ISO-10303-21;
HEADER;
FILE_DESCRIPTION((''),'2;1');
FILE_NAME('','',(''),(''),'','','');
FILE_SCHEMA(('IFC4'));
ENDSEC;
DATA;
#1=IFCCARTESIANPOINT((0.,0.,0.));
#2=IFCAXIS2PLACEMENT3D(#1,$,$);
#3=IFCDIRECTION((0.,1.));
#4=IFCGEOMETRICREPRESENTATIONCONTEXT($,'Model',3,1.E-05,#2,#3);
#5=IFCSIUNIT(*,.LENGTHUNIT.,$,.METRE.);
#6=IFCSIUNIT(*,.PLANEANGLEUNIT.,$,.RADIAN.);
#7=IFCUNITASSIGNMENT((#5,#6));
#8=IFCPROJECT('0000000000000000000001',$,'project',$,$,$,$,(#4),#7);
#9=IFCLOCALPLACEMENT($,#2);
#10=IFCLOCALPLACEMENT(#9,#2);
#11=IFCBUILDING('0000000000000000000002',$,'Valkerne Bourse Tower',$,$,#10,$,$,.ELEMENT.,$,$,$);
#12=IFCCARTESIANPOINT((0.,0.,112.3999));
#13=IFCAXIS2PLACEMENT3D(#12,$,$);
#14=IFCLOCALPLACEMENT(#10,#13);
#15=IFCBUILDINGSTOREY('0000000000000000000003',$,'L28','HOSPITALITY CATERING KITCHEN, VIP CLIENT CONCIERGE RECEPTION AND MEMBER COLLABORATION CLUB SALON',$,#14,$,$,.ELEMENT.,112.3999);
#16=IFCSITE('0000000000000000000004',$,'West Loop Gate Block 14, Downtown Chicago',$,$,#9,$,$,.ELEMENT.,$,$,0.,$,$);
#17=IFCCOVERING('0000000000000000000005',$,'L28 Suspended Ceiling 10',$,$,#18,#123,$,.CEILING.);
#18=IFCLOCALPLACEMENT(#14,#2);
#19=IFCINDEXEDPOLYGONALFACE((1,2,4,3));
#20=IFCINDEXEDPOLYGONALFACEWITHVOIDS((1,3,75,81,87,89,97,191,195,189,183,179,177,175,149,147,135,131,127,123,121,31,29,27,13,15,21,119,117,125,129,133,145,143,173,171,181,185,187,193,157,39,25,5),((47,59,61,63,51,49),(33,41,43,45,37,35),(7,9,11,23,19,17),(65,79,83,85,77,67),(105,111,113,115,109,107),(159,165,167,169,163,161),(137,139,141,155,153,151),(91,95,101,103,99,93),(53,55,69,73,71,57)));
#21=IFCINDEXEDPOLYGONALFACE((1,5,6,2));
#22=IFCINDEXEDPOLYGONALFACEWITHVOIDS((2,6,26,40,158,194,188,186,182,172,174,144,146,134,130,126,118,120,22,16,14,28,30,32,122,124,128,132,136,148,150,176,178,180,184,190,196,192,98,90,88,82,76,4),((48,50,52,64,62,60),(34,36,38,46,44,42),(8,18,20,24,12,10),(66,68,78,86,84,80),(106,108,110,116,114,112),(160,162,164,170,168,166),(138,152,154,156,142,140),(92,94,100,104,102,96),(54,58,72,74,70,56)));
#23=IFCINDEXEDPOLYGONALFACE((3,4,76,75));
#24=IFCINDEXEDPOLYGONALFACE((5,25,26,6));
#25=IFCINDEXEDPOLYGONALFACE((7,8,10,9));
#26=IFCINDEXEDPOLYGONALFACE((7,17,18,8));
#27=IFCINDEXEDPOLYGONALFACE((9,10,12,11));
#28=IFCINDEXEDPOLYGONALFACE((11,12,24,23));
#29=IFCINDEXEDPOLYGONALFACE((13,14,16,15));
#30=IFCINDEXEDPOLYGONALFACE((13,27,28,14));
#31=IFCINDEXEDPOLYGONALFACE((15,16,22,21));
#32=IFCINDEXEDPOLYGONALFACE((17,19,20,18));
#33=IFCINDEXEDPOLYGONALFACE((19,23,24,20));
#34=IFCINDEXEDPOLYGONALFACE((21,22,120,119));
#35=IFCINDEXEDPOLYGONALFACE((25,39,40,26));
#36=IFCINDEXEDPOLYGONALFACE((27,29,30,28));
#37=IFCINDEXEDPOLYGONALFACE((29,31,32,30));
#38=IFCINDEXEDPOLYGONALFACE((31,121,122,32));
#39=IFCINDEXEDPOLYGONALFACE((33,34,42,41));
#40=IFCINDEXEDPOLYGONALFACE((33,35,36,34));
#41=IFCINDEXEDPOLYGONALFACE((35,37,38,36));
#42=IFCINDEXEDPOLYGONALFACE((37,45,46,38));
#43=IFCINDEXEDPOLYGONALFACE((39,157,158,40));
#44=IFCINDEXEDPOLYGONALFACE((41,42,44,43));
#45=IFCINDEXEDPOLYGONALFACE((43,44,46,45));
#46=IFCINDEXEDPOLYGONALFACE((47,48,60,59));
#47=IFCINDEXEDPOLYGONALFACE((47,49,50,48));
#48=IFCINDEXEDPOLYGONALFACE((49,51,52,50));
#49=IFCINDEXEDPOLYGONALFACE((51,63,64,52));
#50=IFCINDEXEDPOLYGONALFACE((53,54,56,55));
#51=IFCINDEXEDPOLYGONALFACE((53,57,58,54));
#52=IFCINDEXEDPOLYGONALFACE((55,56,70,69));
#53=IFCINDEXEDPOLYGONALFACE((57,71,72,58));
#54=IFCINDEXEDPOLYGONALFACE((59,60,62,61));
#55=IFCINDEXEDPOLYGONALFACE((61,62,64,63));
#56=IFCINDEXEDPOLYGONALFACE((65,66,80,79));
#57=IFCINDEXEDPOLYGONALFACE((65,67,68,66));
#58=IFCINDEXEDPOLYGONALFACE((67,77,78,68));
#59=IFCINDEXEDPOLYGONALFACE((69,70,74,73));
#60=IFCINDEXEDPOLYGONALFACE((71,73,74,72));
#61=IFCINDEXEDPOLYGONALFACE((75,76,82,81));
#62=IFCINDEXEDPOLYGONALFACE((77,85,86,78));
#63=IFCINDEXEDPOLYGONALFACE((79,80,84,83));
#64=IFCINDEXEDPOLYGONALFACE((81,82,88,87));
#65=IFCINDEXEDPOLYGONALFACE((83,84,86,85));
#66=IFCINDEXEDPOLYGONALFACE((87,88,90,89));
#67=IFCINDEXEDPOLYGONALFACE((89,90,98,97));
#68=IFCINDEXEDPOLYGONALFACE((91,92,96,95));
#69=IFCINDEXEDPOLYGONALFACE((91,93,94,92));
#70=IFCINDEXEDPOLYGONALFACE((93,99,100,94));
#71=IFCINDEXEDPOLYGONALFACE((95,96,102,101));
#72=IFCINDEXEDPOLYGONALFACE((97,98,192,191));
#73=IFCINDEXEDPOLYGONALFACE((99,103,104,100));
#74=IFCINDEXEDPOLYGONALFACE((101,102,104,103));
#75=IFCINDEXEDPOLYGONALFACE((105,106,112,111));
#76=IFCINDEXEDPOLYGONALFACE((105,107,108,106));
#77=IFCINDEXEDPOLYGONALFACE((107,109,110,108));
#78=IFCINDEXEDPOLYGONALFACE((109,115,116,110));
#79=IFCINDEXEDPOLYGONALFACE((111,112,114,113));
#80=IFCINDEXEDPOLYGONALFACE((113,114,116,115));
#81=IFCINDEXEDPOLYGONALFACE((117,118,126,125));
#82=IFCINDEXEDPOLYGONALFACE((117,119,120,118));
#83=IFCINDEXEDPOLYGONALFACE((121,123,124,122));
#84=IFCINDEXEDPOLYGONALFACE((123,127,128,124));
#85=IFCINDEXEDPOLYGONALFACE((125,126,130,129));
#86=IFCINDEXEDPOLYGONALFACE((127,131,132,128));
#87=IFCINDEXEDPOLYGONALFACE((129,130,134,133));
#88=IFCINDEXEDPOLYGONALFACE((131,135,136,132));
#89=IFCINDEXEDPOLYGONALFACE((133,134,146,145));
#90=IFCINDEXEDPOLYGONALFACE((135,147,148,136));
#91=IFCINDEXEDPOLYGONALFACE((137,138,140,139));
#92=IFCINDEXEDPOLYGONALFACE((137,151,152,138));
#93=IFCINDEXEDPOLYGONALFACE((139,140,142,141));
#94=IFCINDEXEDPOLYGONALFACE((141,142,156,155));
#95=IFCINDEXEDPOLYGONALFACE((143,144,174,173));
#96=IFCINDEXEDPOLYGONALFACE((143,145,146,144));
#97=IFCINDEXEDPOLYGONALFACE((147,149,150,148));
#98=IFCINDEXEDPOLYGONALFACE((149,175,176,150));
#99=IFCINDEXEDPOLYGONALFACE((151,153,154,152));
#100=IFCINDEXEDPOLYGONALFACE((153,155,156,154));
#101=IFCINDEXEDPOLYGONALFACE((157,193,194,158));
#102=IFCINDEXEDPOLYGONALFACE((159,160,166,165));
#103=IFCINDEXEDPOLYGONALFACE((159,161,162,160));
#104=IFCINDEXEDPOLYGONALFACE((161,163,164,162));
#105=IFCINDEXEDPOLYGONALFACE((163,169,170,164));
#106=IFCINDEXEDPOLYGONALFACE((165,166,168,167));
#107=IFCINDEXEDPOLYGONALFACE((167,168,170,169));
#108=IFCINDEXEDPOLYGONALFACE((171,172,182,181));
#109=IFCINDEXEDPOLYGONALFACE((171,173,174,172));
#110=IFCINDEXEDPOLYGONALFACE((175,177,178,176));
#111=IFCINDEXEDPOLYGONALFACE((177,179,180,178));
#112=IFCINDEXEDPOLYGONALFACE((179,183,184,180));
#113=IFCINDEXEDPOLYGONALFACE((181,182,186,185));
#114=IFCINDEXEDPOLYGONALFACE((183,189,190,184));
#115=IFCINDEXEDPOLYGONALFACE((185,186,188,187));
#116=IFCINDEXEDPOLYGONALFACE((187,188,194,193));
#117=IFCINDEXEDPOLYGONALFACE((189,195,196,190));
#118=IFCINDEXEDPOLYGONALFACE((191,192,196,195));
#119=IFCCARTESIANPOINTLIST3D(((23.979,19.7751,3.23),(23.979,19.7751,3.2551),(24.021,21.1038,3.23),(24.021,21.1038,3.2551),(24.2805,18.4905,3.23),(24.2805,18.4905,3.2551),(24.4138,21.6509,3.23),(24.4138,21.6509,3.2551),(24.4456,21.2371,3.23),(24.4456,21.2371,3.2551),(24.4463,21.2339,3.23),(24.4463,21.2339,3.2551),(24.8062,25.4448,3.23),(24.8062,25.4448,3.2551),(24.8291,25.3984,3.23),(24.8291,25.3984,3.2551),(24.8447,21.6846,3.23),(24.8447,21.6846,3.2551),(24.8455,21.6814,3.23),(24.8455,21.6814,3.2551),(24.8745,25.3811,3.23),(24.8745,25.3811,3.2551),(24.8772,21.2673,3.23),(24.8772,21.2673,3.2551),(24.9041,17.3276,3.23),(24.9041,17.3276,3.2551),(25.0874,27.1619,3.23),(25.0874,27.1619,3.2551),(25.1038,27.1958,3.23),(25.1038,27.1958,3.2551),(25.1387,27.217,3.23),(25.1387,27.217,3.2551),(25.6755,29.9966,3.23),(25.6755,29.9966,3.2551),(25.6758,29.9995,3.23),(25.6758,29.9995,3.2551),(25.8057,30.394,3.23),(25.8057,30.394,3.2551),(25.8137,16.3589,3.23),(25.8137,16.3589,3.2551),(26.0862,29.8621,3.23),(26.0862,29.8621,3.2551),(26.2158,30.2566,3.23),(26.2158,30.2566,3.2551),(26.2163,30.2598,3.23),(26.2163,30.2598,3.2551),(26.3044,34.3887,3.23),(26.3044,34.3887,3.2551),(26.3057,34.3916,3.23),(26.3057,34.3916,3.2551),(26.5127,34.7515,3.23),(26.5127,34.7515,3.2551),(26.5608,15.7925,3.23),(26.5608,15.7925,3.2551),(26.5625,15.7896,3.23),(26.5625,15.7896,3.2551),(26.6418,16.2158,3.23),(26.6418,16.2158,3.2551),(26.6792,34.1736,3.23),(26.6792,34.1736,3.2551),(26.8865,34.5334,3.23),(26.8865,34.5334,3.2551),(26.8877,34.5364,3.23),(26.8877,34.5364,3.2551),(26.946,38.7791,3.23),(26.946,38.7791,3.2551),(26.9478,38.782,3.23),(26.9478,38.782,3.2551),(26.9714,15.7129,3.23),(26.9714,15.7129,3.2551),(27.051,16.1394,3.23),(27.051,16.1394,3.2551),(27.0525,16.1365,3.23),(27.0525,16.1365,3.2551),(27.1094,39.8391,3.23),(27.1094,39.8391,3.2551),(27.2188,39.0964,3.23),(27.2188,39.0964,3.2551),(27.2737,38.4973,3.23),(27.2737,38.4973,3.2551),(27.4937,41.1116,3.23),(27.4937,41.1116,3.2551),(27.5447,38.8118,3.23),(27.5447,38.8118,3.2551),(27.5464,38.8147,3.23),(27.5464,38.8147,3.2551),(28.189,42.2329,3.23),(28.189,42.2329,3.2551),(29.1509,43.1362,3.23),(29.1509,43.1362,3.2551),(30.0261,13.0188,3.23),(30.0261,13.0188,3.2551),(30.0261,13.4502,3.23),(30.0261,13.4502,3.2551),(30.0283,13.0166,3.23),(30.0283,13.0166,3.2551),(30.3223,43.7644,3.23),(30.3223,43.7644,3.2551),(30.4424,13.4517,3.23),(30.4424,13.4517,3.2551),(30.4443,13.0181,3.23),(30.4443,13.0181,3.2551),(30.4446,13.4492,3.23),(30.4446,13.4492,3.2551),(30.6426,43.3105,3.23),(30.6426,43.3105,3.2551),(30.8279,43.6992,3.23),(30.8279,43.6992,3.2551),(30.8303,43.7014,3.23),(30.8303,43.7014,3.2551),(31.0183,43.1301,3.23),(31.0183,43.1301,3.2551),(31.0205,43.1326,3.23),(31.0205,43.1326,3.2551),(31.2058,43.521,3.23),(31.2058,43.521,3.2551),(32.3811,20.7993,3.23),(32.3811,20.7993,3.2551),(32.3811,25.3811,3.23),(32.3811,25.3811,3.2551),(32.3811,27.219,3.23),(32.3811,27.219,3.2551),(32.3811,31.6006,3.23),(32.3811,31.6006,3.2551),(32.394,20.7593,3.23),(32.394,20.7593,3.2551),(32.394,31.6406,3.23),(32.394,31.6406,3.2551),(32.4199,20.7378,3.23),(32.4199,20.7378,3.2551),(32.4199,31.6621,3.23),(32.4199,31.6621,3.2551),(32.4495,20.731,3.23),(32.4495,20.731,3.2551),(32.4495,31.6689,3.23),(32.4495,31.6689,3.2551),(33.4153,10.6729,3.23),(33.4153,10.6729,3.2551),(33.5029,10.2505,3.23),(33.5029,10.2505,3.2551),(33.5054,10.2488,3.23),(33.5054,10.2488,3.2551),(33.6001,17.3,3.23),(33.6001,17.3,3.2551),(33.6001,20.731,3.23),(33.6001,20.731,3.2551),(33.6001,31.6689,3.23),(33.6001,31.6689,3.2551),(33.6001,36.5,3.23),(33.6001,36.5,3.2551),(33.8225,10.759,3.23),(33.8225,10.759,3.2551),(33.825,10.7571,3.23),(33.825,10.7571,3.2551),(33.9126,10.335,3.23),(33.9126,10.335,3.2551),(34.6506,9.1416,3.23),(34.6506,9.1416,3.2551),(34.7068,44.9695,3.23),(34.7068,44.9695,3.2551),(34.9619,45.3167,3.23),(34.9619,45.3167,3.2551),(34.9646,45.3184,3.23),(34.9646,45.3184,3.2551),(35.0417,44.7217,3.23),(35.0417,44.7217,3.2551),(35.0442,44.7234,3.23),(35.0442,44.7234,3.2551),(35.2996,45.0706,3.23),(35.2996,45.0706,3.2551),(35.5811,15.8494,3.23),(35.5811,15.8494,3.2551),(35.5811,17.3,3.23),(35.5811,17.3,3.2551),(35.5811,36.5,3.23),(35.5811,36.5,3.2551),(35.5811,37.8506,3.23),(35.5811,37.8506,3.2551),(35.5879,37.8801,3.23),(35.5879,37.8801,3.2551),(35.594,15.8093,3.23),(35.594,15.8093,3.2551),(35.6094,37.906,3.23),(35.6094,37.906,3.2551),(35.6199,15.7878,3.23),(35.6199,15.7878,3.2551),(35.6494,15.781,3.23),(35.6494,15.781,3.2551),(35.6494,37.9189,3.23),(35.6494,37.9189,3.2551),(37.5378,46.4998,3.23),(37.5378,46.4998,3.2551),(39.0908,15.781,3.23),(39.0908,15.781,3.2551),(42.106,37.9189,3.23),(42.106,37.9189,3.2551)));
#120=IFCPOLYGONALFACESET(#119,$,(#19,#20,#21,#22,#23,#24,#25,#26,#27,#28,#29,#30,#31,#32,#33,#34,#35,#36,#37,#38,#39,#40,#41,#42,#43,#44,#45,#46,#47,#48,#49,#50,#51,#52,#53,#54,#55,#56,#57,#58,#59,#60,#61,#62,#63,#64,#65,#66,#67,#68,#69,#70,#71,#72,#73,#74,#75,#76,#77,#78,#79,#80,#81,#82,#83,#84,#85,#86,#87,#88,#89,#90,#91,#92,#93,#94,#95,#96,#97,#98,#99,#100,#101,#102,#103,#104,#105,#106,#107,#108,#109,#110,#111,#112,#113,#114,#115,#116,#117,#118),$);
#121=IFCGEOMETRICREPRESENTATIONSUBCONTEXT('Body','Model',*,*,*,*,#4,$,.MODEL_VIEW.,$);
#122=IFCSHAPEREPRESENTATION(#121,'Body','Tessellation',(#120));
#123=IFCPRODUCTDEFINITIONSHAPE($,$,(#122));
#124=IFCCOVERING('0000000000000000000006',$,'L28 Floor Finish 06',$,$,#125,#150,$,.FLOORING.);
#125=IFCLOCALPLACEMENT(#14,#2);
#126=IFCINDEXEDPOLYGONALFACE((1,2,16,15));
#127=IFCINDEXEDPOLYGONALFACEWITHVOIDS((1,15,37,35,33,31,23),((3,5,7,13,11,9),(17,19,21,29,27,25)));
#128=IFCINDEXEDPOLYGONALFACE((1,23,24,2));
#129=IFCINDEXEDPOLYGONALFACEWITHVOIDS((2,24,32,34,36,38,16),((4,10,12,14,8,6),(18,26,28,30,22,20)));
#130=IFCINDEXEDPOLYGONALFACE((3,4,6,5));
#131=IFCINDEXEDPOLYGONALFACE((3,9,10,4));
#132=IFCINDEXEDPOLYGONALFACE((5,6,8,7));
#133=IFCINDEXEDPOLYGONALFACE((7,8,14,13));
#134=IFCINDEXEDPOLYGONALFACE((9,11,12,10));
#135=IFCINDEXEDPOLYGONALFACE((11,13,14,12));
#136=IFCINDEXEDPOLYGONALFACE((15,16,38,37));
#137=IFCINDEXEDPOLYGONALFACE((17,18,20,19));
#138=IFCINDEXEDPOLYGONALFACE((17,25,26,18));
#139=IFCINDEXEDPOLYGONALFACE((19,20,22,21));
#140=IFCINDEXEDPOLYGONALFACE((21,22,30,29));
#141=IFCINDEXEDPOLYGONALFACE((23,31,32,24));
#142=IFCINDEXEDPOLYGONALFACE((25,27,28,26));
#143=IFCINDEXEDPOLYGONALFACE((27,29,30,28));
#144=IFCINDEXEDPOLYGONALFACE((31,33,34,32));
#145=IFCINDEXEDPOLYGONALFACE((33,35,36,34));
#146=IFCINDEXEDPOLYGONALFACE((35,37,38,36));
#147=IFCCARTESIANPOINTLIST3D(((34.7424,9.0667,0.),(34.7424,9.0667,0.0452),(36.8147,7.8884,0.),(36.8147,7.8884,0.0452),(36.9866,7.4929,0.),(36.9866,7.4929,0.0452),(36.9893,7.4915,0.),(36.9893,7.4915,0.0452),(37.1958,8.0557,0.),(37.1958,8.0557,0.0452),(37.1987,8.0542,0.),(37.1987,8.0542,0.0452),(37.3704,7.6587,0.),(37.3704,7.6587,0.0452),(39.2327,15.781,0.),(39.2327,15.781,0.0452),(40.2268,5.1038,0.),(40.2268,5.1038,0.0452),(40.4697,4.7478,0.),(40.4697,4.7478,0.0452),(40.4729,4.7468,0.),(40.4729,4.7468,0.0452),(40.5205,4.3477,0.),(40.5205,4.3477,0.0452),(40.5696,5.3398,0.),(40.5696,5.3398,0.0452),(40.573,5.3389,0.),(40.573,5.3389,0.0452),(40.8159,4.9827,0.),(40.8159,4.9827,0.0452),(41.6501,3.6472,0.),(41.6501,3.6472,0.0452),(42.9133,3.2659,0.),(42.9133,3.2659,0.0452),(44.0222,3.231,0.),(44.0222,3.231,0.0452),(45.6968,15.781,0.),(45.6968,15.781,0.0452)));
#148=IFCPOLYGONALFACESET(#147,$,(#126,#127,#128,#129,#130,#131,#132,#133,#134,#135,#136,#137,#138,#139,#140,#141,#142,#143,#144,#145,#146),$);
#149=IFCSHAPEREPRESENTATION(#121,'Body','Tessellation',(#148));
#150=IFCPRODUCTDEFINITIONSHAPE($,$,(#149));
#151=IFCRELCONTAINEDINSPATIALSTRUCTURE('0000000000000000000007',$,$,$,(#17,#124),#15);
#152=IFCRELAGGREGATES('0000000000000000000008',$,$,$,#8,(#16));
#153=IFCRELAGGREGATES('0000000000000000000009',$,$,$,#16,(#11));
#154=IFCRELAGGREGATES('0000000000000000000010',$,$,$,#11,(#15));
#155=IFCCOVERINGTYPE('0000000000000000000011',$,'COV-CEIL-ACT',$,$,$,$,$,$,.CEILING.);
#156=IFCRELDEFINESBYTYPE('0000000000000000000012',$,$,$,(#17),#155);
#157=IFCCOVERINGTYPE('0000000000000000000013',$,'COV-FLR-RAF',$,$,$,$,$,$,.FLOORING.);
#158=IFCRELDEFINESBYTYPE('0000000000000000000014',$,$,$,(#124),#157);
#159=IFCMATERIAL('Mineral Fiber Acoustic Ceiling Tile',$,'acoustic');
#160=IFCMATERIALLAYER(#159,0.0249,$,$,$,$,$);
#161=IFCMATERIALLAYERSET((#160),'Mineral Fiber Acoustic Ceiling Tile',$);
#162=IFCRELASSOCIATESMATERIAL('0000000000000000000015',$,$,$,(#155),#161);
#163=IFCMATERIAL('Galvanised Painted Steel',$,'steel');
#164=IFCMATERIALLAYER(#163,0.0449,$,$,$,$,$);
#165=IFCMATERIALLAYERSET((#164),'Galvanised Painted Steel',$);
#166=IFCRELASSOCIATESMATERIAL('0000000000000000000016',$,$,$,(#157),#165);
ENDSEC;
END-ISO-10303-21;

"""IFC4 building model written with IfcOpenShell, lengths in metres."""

from ifc_helpers import new_model, si_unit, direction, frame, origin, place, context, subcontext, project, spatial, polyline, outline, extrude, material, layer, layer_set, type_object, element, save


model = new_model("IFC4")

# Units and contexts
model_context = context("Model", 3, precision=1e-05, world=origin(), true_north=direction((0.0, 1.0)))
body_context = subcontext(model_context, "Body", "Model", "MODEL_VIEW")
ifc_project = project(units=[si_unit("LENGTHUNIT", "METRE"), si_unit("PLANEANGLEUNIT", "RADIAN")], contexts=[model_context])

# Site, building, storey
site_placement = place(None, origin())
site = spatial("IfcSite", under=ifc_project, at=site_placement, Name="West Loop Gate Block 14, Downtown Chicago", CompositionType="ELEMENT", RefElevation=0.0)
building_placement = place(site_placement, origin())
building = spatial("IfcBuilding", under=site, at=building_placement, Name="Valkerne Bourse Tower", CompositionType="ELEMENT")
storey_placement = place(building_placement, frame((0.0, 0.0, 112.3999)))
storey = spatial("IfcBuildingStorey", under=building, at=storey_placement, Name="L28", Description="HOSPITALITY CATERING KITCHEN, VIP CLIENT CONCIERGE RECEPTION AND MEMBER COLLABORATION CLUB SALON", CompositionType="ELEMENT", Elevation=112.3999)

# Coverings
ifc_material_1 = material(Name="Mineral Fiber Acoustic Ceiling Tile", Category="acoustic")
ifc_layer_1 = layer(ifc_material_1, 0.0249)
ifc_layer_set_1 = layer_set([ifc_layer_1], Name="Mineral Fiber Acoustic Ceiling Tile")
covering_type_1 = type_object("IfcCoveringType", Name="COV-CEIL-ACT", PredefinedType="CEILING", material=ifc_layer_set_1)
covering_1_placement = place(storey_placement, frame((0.0, 0.0, 3.23)))
element("IfcCovering", 1, at=covering_1_placement, inside=storey, type_object=covering_type_1, Name="L28 Suspended Ceiling 10", PredefinedType="CEILING", context=body_context, shape_type="SweptSolid", body=[
    extrude(outline(polyline([(24.2805, 18.4905), (23.979, 19.7751), (24.021, 21.1038), (27.1094, 39.8391), (27.4937, 41.1116), (28.189, 42.2329), (29.1509, 43.1362), (30.3223, 43.7644), (37.5378, 46.4998), (42.106, 37.9189), (35.6494, 37.9189), (35.6094, 37.906), (35.5879, 37.8801), (35.5811, 37.8506), (35.5811, 36.5), (33.6001, 36.5), (33.6001, 31.6689), (32.4495, 31.6689), (32.4199, 31.6621), (32.394, 31.6406), (32.3811, 31.6006), (32.3811, 27.219), (25.1387, 27.217), (25.1038, 27.1958), (25.0874, 27.1619), (24.8062, 25.4448), (24.8291, 25.3984), (24.8745, 25.3811), (32.3811, 25.3811), (32.3811, 20.7993), (32.394, 20.7593), (32.4199, 20.7378), (32.4495, 20.731), (33.6001, 20.731), (33.6001, 17.3), (35.5811, 17.3), (35.5811, 15.8494), (35.594, 15.8093), (35.6199, 15.7878), (35.6494, 15.781), (39.0908, 15.781), (34.6506, 9.1416), (25.8137, 16.3589), (24.9041, 17.3276), (24.2805, 18.4905)]), holes=[polyline([(33.825, 10.7571), (33.8225, 10.759), (33.4153, 10.6729), (33.5029, 10.2505), (33.5054, 10.2488), (33.9126, 10.335), (33.825, 10.7571)]), polyline([(30.4443, 13.0181), (30.4446, 13.4492), (30.4424, 13.4517), (30.0261, 13.4502), (30.0261, 13.0188), (30.0283, 13.0166), (30.4443, 13.0181)]), polyline([(27.0525, 16.1365), (27.051, 16.1394), (26.6418, 16.2158), (26.5608, 15.7925), (26.5625, 15.7896), (26.9714, 15.7129), (27.0525, 16.1365)]), polyline([(24.8455, 21.6814), (24.8447, 21.6846), (24.4138, 21.6509), (24.4456, 21.2371), (24.4463, 21.2339), (24.8772, 21.2673), (24.8455, 21.6814)]), polyline([(26.2158, 30.2566), (26.2163, 30.2598), (25.8057, 30.394), (25.6758, 29.9995), (25.6755, 29.9966), (26.0862, 29.8621), (26.2158, 30.2566)]), polyline([(26.8877, 34.5364), (26.5127, 34.7515), (26.3057, 34.3916), (26.3044, 34.3887), (26.6792, 34.1736), (26.8865, 34.5334), (26.8877, 34.5364)]), polyline([(27.5464, 38.8147), (27.2188, 39.0964), (26.9478, 38.782), (26.946, 38.7791), (27.2737, 38.4973), (27.5447, 38.8118), (27.5464, 38.8147)]), polyline([(31.2058, 43.521), (30.8303, 43.7014), (30.8279, 43.6992), (30.6426, 43.3105), (31.0183, 43.1301), (31.0205, 43.1326), (31.2058, 43.521)]), polyline([(35.0442, 44.7234), (35.2996, 45.0706), (34.9646, 45.3184), (34.9619, 45.3167), (34.7068, 44.9695), (35.0417, 44.7217), (35.0442, 44.7234)])]), origin(), (0.0, 0.0, 1.0), 0.0251),
])
ifc_material_2 = material(Name="Galvanised Painted Steel", Category="steel")
ifc_layer_2 = layer(ifc_material_2, 0.0449)
ifc_layer_set_2 = layer_set([ifc_layer_2], Name="Galvanised Painted Steel")
covering_type_2 = type_object("IfcCoveringType", Name="COV-FLR-RAF", PredefinedType="FLOORING", material=ifc_layer_set_2)
covering_2_placement = place(storey_placement, origin())
element("IfcCovering", 2, at=covering_2_placement, inside=storey, type_object=covering_type_2, Name="L28 Floor Finish 06", PredefinedType="FLOORING", context=body_context, shape_type="SweptSolid", body=[
    extrude(outline(polyline([(40.5205, 4.3477), (34.7424, 9.0667), (39.2327, 15.781), (45.6968, 15.781), (44.0222, 3.231), (42.9133, 3.2659), (41.6501, 3.6472), (40.5205, 4.3477)]), holes=[polyline([(37.1987, 8.0542), (37.1958, 8.0557), (36.8147, 7.8884), (36.9866, 7.4929), (36.9893, 7.4915), (37.3704, 7.6587), (37.1987, 8.0542)]), polyline([(40.573, 5.3389), (40.5696, 5.3398), (40.2268, 5.1038), (40.4697, 4.7478), (40.4729, 4.7468), (40.8159, 4.9827), (40.573, 5.3389)])]), origin(), (0.0, 0.0, 1.0), 0.0452),
])

save(model, "model.ifc")
